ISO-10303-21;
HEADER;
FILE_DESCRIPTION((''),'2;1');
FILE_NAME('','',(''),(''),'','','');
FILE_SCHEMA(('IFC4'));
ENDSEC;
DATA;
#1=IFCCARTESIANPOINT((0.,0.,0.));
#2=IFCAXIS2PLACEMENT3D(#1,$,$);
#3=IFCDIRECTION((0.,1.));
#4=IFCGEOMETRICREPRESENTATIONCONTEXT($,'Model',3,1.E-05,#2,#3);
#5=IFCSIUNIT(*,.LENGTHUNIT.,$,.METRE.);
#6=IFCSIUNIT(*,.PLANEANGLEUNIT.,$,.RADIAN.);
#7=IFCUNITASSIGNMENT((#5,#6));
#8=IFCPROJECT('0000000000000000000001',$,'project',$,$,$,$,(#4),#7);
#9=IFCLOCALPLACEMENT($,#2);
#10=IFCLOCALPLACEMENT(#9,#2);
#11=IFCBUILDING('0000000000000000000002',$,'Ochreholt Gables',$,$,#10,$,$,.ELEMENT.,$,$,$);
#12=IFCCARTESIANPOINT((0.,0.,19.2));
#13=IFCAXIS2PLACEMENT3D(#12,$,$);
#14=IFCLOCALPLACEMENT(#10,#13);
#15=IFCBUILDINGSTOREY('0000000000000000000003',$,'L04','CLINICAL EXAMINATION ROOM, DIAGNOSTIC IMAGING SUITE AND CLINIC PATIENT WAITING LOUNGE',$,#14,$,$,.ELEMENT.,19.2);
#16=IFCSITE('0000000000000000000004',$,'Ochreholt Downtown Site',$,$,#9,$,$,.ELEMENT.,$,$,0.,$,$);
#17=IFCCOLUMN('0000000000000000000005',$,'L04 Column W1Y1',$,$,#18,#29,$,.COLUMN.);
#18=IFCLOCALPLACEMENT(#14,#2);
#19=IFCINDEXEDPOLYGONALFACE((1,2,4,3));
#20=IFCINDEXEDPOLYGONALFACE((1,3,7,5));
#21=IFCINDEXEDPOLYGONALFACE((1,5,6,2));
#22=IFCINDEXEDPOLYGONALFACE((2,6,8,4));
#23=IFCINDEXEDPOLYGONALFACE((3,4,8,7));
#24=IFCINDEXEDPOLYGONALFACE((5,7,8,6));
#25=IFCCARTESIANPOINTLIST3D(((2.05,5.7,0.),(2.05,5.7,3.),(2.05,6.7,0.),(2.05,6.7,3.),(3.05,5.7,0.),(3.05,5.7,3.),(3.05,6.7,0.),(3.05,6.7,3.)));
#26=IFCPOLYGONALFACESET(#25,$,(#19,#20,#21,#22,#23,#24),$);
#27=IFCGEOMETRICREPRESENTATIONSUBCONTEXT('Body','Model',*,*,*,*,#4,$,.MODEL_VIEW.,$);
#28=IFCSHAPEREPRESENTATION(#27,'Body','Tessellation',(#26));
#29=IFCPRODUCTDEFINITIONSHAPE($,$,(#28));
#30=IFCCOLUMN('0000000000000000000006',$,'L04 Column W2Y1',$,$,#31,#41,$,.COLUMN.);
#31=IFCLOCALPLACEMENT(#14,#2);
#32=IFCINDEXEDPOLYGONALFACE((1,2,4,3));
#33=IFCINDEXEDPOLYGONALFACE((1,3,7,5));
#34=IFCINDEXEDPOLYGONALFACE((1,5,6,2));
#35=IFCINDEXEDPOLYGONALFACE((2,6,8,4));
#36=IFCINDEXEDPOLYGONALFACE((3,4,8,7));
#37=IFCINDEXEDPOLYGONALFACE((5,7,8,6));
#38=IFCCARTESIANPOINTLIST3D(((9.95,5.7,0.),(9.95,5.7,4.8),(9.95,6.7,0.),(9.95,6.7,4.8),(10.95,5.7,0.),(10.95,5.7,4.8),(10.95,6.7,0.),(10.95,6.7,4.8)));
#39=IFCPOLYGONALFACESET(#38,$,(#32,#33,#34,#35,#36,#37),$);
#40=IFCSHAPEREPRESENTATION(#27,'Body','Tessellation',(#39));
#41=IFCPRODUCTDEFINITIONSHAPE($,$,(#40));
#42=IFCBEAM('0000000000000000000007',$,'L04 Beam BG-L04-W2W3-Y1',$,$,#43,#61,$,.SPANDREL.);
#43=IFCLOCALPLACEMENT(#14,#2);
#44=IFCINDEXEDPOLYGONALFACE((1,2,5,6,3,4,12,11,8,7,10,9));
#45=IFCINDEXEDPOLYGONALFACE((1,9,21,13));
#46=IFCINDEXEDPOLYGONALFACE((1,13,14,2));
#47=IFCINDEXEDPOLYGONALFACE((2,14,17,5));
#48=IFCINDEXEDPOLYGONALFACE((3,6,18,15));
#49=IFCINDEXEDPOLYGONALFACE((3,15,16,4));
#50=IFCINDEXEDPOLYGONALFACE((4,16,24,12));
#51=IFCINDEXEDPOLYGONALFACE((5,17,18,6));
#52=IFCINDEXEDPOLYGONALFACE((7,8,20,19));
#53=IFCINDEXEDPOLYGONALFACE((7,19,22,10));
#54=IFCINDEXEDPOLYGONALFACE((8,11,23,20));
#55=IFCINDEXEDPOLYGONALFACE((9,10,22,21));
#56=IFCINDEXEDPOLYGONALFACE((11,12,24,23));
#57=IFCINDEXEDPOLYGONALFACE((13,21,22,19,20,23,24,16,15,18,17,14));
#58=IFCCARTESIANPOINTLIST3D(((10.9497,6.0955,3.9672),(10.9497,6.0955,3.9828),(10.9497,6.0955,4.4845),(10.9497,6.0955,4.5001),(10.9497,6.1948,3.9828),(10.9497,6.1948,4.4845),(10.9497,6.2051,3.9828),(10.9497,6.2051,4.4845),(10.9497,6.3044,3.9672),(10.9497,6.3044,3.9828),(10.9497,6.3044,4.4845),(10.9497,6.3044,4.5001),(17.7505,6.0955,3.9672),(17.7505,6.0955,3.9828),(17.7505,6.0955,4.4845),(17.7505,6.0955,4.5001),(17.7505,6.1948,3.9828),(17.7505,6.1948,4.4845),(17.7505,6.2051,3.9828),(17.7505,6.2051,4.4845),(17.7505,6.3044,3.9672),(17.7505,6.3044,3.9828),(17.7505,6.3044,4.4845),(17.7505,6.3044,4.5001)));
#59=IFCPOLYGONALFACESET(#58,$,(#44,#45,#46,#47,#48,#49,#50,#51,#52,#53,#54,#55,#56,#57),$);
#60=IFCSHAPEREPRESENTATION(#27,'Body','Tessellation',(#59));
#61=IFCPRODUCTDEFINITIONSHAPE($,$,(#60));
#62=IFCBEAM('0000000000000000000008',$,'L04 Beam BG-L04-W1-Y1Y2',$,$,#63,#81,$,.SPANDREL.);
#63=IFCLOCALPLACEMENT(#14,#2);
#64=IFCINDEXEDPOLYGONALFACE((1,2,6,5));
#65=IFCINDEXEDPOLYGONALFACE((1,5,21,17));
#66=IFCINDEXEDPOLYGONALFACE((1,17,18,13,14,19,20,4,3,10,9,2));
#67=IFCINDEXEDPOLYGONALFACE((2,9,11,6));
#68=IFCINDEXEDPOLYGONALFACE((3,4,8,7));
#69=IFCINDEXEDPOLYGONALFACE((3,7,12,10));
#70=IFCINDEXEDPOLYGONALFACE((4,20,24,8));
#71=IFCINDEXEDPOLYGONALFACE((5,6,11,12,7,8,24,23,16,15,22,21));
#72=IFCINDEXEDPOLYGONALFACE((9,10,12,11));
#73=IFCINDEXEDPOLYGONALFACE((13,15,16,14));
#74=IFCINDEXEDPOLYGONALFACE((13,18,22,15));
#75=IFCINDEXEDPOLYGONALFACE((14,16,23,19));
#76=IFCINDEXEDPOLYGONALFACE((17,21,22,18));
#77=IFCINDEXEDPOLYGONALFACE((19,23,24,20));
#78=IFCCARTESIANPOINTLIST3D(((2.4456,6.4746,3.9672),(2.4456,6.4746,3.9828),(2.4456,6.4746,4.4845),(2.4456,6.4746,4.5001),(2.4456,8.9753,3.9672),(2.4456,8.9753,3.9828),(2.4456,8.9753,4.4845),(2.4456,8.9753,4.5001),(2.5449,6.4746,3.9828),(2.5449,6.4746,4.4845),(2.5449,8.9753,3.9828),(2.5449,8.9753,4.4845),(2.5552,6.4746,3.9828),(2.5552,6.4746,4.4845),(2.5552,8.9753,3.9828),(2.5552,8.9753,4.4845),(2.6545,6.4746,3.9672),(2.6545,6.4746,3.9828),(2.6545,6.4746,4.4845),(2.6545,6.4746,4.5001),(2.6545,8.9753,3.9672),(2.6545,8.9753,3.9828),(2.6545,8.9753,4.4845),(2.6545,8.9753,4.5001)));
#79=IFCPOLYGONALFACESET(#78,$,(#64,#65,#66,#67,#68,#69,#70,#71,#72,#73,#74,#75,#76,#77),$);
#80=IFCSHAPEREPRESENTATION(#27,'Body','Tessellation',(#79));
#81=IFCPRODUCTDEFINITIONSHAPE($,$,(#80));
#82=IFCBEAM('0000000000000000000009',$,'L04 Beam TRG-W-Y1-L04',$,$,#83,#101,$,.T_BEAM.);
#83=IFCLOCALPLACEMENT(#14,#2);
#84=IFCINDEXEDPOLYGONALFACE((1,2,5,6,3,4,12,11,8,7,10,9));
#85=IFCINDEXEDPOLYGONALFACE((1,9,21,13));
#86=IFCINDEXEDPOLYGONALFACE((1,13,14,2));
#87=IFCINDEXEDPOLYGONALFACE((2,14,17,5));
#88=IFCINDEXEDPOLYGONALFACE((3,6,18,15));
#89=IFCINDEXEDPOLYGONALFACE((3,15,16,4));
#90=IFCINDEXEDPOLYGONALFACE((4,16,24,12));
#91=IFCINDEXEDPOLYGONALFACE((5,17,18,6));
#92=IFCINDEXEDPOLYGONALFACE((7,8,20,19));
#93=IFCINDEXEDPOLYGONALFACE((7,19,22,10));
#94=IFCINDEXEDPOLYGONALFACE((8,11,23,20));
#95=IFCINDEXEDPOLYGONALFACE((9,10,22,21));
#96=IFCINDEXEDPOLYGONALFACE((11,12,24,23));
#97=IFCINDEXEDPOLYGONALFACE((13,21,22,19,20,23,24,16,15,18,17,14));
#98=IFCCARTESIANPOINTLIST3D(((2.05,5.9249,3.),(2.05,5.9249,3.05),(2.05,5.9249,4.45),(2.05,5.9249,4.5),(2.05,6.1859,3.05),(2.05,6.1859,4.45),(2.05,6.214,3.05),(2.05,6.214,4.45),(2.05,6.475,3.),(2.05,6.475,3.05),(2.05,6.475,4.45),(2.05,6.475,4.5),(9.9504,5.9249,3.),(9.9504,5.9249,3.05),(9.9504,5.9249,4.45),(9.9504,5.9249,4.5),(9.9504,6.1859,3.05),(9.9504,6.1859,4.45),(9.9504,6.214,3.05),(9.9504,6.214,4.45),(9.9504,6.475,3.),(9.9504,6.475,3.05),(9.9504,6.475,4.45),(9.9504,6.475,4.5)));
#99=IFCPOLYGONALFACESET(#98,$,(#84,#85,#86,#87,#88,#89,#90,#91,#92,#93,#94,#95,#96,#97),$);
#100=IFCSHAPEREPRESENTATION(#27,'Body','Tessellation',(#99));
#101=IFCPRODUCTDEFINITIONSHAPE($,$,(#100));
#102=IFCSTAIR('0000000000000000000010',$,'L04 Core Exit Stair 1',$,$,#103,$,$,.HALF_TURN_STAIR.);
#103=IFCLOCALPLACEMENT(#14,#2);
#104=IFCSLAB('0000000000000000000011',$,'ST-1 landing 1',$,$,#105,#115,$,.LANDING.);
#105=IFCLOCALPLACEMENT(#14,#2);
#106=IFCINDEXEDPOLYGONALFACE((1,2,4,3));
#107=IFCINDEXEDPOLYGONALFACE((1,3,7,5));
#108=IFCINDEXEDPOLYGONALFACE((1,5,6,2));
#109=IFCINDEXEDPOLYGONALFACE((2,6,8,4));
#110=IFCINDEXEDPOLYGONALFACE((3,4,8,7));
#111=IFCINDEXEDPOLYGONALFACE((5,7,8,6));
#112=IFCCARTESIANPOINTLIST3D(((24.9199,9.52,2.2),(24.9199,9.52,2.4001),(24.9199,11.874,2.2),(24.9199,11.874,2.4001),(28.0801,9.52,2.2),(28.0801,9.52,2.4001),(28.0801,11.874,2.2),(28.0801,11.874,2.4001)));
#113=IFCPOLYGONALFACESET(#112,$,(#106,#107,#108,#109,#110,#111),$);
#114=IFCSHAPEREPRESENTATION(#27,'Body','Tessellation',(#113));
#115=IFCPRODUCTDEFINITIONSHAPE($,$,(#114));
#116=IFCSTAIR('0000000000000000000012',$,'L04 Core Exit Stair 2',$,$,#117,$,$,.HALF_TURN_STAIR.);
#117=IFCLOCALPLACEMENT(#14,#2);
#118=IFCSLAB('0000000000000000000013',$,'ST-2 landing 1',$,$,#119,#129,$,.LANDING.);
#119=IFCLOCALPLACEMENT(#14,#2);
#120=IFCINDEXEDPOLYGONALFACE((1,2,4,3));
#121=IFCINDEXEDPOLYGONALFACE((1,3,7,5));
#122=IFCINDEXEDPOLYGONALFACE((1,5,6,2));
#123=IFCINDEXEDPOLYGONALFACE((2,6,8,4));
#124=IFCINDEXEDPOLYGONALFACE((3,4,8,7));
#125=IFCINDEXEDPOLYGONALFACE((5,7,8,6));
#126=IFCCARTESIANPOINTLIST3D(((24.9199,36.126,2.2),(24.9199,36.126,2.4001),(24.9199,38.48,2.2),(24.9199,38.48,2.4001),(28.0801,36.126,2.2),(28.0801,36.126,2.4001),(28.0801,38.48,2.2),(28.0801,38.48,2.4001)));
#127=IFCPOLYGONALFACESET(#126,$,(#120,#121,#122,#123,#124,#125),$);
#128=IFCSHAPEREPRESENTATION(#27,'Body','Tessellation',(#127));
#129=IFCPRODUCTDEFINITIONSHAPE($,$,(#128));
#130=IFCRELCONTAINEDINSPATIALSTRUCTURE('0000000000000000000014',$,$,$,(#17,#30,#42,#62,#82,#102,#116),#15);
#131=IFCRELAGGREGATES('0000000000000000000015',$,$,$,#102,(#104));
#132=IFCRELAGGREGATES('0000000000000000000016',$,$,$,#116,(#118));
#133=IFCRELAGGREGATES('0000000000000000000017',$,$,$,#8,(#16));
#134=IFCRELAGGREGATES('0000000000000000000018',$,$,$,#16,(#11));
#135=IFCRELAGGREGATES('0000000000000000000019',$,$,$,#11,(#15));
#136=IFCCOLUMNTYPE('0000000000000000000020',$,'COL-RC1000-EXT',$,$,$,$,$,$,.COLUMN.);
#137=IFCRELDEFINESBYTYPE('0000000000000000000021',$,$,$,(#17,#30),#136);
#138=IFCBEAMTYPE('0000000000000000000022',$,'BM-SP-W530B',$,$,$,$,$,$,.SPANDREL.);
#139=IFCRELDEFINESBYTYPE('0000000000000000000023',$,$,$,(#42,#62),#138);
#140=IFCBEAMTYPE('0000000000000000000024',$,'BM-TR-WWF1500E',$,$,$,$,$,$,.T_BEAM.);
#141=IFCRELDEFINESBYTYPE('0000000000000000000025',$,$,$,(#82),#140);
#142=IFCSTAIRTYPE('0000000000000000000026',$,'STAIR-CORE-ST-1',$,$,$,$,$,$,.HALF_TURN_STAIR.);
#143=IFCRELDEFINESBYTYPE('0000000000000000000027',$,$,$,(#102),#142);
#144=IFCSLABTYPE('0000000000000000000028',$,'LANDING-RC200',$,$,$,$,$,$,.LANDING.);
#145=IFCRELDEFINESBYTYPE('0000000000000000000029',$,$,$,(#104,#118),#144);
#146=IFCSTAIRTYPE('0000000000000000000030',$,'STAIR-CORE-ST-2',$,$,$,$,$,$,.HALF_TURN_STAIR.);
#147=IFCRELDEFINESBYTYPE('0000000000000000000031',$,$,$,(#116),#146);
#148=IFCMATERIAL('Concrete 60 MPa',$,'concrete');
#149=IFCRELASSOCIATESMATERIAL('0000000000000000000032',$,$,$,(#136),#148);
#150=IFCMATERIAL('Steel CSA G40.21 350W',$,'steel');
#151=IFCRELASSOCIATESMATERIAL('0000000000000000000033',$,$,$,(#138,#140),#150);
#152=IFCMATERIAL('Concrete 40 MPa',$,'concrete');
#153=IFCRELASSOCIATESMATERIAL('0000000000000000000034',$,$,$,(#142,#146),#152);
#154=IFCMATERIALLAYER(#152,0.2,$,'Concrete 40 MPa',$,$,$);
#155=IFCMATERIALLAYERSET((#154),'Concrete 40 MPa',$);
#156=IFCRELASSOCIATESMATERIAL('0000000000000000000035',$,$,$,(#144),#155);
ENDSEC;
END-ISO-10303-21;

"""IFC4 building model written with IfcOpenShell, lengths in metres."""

from ifc_helpers import new_model, si_unit, direction, frame, origin, origin_2d, place, context, subcontext, project, spatial, polyline, rectangle, i_section, outline, extrude, material, layer, layer_set, material_profile, profile_set, type_object, element, aggregate, save


model = new_model("IFC4")

# Units and contexts
model_context = context("Model", 3, precision=1e-05, world=origin(), true_north=direction((0.0, 1.0)))
body_context = subcontext(model_context, "Body", "Model", "MODEL_VIEW")
ifc_project = project(units=[si_unit("LENGTHUNIT", "METRE"), si_unit("PLANEANGLEUNIT", "RADIAN")], contexts=[model_context])

# Site, building, storey
site_placement = place(None, origin())
site = spatial("IfcSite", under=ifc_project, at=site_placement, Name="Ochreholt Downtown Site", CompositionType="ELEMENT", RefElevation=0.0)
building_placement = place(site_placement, origin())
building = spatial("IfcBuilding", under=site, at=building_placement, Name="Ochreholt Gables", CompositionType="ELEMENT")
storey_placement = place(building_placement, frame((0.0, 0.0, 19.2)))
storey = spatial("IfcBuildingStorey", under=building, at=storey_placement, Name="L04", Description="CLINICAL EXAMINATION ROOM, DIAGNOSTIC IMAGING SUITE AND CLINIC PATIENT WAITING LOUNGE", CompositionType="ELEMENT", Elevation=19.2)

# Columns
ifc_material_1 = material(Name="Concrete 60 MPa", Category="concrete")
ifc_material_profile_1 = material_profile(ifc_material_1, rectangle(XDim=1.0, YDim=1.0, at=origin_2d()), Name="RC1000X1000")
ifc_profile_set_1 = profile_set([ifc_material_profile_1], Name="Concrete 60 MPa")
column_type = type_object("IfcColumnType", Name="COL-RC1000-EXT", PredefinedType="COLUMN", material=ifc_profile_set_1)
column_1_placement = place(storey_placement, frame((2.55, 6.2, 0.0), z_axis=(0.0, 0.0, 1.0), x_axis=(1.0, 0.0, 0.0)))
element("IfcColumn", 1, at=column_1_placement, inside=storey, type_object=column_type, Name="L04 Column W1Y1", PredefinedType="COLUMN", context=body_context, shape_type="SweptSolid", body=[
    extrude(rectangle(XDim=1.0, YDim=1.0, at=origin_2d()), origin(), (0.0, 0.0, 1.0), 3.0),
])
column_2_placement = place(storey_placement, frame((10.45, 6.2, 0.0), z_axis=(0.0, 0.0, 1.0), x_axis=(1.0, 0.0, 0.0)))
element("IfcColumn", 2, at=column_2_placement, inside=storey, type_object=column_type, Name="L04 Column W2Y1", PredefinedType="COLUMN", context=body_context, shape_type="SweptSolid", body=[
    extrude(rectangle(XDim=1.0, YDim=1.0, at=origin_2d()), origin(), (0.0, 0.0, 1.0), 4.8),
])

# Beams
ifc_material_2 = material(Name="Steel CSA G40.21 350W", Category="steel")
ifc_material_profile_2 = material_profile(ifc_material_2, i_section(OverallWidth=0.209, OverallDepth=0.533, WebThickness=0.0103, FlangeThickness=0.0156, at=origin_2d()), Name="W530X92")
ifc_profile_set_2 = profile_set([ifc_material_profile_2], Name="Steel CSA G40.21 350W")
beam_type_1 = type_object("IfcBeamType", Name="BM-SP-W530B", PredefinedType="SPANDREL", material=ifc_profile_set_2)
beam_1_placement = place(storey_placement, frame((10.9497, 6.2, 4.2336), z_axis=(1.0, 0.0, 0.0), x_axis=(0.0, 1.0, 0.0)))
element("IfcBeam", 3, at=beam_1_placement, inside=storey, type_object=beam_type_1, Name="L04 Beam BG-L04-W2W3-Y1", PredefinedType="SPANDREL", context=body_context, shape_type="SweptSolid", body=[
    extrude(i_section(OverallWidth=0.209, OverallDepth=0.533, WebThickness=0.0103, FlangeThickness=0.0156, at=origin_2d()), origin(), (0.0, 0.0, 1.0), 6.8008),
])
beam_2_placement = place(storey_placement, frame((2.55, 6.4746, 4.2336), z_axis=(0.0, 1.0, 0.0), x_axis=(-1.0, 0.0, 0.0)))
element("IfcBeam", 4, at=beam_2_placement, inside=storey, type_object=beam_type_1, Name="L04 Beam BG-L04-W1-Y1Y2", PredefinedType="SPANDREL", context=body_context, shape_type="SweptSolid", body=[
    extrude(i_section(OverallWidth=0.209, OverallDepth=0.533, WebThickness=0.0103, FlangeThickness=0.0156, at=origin_2d()), origin(), (0.0, 0.0, 1.0), 2.5007),
])
ifc_material_profile_3 = material_profile(ifc_material_2, i_section(OverallWidth=0.55, OverallDepth=1.5, WebThickness=0.0281, FlangeThickness=0.05, at=origin_2d()), Name="WWF1500X550")
ifc_profile_set_3 = profile_set([ifc_material_profile_3], Name="Steel CSA G40.21 350W")
beam_type_2 = type_object("IfcBeamType", Name="BM-TR-WWF1500E", PredefinedType="T_BEAM", material=ifc_profile_set_3)
beam_3_placement = place(storey_placement, frame((2.05, 6.2, 3.75), z_axis=(1.0, 0.0, 0.0), x_axis=(0.0, 1.0, 0.0)))
element("IfcBeam", 5, at=beam_3_placement, inside=storey, type_object=beam_type_2, Name="L04 Beam TRG-W-Y1-L04", PredefinedType="T_BEAM", context=body_context, shape_type="SweptSolid", body=[
    extrude(i_section(OverallWidth=0.55, OverallDepth=1.5, WebThickness=0.0281, FlangeThickness=0.05, at=origin_2d()), origin(), (0.0, 0.0, 1.0), 7.9004),
])

# Stairs, slabs
ifc_material_3 = material(Name="Concrete 40 MPa", Category="concrete")
stair_type_1 = type_object("IfcStairType", Name="STAIR-CORE-ST-1", PredefinedType="HALF_TURN_STAIR", material=ifc_material_3)
stair_1_placement = place(storey_placement, origin())
stair_1 = element("IfcStair", 6, at=stair_1_placement, inside=storey, type_object=stair_type_1, Name="L04 Core Exit Stair 1", PredefinedType="HALF_TURN_STAIR")
ifc_layer_1 = layer(ifc_material_3, 0.2, Name="Concrete 40 MPa")
ifc_layer_set_1 = layer_set([ifc_layer_1], Name="Concrete 40 MPa")
slab_type_1 = type_object("IfcSlabType", Name="LANDING-RC200", PredefinedType="LANDING", material=ifc_layer_set_1)
slab_1_placement = place(storey_placement, frame((0.0, 0.0, 2.2)))
slab_1 = element("IfcSlab", 7, at=slab_1_placement, type_object=slab_type_1, Name="ST-1 landing 1", PredefinedType="LANDING", context=body_context, shape_type="SweptSolid", body=[
    extrude(outline(polyline([(24.9199, 11.874), (24.9199, 9.52), (28.0801, 9.52), (28.0801, 11.874), (24.9199, 11.874)])), origin(), (0.0, 0.0, 1.0), 0.2002),
])
aggregate(stair_1, [slab_1])
stair_type_2 = type_object("IfcStairType", Name="STAIR-CORE-ST-2", PredefinedType="HALF_TURN_STAIR", material=ifc_material_3)
stair_2_placement = place(storey_placement, origin())
stair_2 = element("IfcStair", 8, at=stair_2_placement, inside=storey, type_object=stair_type_2, Name="L04 Core Exit Stair 2", PredefinedType="HALF_TURN_STAIR")
slab_2_placement = place(storey_placement, frame((0.0, 0.0, 2.2)))
slab_2 = element("IfcSlab", 9, at=slab_2_placement, type_object=slab_type_1, Name="ST-2 landing 1", PredefinedType="LANDING", context=body_context, shape_type="SweptSolid", body=[
    extrude(outline(polyline([(28.0801, 36.126), (28.0801, 38.48), (24.9199, 38.48), (24.9199, 36.126), (28.0801, 36.126)])), origin(), (0.0, 0.0, 1.0), 0.2002),
])
aggregate(stair_2, [slab_2])

save(model, "model.ifc")
